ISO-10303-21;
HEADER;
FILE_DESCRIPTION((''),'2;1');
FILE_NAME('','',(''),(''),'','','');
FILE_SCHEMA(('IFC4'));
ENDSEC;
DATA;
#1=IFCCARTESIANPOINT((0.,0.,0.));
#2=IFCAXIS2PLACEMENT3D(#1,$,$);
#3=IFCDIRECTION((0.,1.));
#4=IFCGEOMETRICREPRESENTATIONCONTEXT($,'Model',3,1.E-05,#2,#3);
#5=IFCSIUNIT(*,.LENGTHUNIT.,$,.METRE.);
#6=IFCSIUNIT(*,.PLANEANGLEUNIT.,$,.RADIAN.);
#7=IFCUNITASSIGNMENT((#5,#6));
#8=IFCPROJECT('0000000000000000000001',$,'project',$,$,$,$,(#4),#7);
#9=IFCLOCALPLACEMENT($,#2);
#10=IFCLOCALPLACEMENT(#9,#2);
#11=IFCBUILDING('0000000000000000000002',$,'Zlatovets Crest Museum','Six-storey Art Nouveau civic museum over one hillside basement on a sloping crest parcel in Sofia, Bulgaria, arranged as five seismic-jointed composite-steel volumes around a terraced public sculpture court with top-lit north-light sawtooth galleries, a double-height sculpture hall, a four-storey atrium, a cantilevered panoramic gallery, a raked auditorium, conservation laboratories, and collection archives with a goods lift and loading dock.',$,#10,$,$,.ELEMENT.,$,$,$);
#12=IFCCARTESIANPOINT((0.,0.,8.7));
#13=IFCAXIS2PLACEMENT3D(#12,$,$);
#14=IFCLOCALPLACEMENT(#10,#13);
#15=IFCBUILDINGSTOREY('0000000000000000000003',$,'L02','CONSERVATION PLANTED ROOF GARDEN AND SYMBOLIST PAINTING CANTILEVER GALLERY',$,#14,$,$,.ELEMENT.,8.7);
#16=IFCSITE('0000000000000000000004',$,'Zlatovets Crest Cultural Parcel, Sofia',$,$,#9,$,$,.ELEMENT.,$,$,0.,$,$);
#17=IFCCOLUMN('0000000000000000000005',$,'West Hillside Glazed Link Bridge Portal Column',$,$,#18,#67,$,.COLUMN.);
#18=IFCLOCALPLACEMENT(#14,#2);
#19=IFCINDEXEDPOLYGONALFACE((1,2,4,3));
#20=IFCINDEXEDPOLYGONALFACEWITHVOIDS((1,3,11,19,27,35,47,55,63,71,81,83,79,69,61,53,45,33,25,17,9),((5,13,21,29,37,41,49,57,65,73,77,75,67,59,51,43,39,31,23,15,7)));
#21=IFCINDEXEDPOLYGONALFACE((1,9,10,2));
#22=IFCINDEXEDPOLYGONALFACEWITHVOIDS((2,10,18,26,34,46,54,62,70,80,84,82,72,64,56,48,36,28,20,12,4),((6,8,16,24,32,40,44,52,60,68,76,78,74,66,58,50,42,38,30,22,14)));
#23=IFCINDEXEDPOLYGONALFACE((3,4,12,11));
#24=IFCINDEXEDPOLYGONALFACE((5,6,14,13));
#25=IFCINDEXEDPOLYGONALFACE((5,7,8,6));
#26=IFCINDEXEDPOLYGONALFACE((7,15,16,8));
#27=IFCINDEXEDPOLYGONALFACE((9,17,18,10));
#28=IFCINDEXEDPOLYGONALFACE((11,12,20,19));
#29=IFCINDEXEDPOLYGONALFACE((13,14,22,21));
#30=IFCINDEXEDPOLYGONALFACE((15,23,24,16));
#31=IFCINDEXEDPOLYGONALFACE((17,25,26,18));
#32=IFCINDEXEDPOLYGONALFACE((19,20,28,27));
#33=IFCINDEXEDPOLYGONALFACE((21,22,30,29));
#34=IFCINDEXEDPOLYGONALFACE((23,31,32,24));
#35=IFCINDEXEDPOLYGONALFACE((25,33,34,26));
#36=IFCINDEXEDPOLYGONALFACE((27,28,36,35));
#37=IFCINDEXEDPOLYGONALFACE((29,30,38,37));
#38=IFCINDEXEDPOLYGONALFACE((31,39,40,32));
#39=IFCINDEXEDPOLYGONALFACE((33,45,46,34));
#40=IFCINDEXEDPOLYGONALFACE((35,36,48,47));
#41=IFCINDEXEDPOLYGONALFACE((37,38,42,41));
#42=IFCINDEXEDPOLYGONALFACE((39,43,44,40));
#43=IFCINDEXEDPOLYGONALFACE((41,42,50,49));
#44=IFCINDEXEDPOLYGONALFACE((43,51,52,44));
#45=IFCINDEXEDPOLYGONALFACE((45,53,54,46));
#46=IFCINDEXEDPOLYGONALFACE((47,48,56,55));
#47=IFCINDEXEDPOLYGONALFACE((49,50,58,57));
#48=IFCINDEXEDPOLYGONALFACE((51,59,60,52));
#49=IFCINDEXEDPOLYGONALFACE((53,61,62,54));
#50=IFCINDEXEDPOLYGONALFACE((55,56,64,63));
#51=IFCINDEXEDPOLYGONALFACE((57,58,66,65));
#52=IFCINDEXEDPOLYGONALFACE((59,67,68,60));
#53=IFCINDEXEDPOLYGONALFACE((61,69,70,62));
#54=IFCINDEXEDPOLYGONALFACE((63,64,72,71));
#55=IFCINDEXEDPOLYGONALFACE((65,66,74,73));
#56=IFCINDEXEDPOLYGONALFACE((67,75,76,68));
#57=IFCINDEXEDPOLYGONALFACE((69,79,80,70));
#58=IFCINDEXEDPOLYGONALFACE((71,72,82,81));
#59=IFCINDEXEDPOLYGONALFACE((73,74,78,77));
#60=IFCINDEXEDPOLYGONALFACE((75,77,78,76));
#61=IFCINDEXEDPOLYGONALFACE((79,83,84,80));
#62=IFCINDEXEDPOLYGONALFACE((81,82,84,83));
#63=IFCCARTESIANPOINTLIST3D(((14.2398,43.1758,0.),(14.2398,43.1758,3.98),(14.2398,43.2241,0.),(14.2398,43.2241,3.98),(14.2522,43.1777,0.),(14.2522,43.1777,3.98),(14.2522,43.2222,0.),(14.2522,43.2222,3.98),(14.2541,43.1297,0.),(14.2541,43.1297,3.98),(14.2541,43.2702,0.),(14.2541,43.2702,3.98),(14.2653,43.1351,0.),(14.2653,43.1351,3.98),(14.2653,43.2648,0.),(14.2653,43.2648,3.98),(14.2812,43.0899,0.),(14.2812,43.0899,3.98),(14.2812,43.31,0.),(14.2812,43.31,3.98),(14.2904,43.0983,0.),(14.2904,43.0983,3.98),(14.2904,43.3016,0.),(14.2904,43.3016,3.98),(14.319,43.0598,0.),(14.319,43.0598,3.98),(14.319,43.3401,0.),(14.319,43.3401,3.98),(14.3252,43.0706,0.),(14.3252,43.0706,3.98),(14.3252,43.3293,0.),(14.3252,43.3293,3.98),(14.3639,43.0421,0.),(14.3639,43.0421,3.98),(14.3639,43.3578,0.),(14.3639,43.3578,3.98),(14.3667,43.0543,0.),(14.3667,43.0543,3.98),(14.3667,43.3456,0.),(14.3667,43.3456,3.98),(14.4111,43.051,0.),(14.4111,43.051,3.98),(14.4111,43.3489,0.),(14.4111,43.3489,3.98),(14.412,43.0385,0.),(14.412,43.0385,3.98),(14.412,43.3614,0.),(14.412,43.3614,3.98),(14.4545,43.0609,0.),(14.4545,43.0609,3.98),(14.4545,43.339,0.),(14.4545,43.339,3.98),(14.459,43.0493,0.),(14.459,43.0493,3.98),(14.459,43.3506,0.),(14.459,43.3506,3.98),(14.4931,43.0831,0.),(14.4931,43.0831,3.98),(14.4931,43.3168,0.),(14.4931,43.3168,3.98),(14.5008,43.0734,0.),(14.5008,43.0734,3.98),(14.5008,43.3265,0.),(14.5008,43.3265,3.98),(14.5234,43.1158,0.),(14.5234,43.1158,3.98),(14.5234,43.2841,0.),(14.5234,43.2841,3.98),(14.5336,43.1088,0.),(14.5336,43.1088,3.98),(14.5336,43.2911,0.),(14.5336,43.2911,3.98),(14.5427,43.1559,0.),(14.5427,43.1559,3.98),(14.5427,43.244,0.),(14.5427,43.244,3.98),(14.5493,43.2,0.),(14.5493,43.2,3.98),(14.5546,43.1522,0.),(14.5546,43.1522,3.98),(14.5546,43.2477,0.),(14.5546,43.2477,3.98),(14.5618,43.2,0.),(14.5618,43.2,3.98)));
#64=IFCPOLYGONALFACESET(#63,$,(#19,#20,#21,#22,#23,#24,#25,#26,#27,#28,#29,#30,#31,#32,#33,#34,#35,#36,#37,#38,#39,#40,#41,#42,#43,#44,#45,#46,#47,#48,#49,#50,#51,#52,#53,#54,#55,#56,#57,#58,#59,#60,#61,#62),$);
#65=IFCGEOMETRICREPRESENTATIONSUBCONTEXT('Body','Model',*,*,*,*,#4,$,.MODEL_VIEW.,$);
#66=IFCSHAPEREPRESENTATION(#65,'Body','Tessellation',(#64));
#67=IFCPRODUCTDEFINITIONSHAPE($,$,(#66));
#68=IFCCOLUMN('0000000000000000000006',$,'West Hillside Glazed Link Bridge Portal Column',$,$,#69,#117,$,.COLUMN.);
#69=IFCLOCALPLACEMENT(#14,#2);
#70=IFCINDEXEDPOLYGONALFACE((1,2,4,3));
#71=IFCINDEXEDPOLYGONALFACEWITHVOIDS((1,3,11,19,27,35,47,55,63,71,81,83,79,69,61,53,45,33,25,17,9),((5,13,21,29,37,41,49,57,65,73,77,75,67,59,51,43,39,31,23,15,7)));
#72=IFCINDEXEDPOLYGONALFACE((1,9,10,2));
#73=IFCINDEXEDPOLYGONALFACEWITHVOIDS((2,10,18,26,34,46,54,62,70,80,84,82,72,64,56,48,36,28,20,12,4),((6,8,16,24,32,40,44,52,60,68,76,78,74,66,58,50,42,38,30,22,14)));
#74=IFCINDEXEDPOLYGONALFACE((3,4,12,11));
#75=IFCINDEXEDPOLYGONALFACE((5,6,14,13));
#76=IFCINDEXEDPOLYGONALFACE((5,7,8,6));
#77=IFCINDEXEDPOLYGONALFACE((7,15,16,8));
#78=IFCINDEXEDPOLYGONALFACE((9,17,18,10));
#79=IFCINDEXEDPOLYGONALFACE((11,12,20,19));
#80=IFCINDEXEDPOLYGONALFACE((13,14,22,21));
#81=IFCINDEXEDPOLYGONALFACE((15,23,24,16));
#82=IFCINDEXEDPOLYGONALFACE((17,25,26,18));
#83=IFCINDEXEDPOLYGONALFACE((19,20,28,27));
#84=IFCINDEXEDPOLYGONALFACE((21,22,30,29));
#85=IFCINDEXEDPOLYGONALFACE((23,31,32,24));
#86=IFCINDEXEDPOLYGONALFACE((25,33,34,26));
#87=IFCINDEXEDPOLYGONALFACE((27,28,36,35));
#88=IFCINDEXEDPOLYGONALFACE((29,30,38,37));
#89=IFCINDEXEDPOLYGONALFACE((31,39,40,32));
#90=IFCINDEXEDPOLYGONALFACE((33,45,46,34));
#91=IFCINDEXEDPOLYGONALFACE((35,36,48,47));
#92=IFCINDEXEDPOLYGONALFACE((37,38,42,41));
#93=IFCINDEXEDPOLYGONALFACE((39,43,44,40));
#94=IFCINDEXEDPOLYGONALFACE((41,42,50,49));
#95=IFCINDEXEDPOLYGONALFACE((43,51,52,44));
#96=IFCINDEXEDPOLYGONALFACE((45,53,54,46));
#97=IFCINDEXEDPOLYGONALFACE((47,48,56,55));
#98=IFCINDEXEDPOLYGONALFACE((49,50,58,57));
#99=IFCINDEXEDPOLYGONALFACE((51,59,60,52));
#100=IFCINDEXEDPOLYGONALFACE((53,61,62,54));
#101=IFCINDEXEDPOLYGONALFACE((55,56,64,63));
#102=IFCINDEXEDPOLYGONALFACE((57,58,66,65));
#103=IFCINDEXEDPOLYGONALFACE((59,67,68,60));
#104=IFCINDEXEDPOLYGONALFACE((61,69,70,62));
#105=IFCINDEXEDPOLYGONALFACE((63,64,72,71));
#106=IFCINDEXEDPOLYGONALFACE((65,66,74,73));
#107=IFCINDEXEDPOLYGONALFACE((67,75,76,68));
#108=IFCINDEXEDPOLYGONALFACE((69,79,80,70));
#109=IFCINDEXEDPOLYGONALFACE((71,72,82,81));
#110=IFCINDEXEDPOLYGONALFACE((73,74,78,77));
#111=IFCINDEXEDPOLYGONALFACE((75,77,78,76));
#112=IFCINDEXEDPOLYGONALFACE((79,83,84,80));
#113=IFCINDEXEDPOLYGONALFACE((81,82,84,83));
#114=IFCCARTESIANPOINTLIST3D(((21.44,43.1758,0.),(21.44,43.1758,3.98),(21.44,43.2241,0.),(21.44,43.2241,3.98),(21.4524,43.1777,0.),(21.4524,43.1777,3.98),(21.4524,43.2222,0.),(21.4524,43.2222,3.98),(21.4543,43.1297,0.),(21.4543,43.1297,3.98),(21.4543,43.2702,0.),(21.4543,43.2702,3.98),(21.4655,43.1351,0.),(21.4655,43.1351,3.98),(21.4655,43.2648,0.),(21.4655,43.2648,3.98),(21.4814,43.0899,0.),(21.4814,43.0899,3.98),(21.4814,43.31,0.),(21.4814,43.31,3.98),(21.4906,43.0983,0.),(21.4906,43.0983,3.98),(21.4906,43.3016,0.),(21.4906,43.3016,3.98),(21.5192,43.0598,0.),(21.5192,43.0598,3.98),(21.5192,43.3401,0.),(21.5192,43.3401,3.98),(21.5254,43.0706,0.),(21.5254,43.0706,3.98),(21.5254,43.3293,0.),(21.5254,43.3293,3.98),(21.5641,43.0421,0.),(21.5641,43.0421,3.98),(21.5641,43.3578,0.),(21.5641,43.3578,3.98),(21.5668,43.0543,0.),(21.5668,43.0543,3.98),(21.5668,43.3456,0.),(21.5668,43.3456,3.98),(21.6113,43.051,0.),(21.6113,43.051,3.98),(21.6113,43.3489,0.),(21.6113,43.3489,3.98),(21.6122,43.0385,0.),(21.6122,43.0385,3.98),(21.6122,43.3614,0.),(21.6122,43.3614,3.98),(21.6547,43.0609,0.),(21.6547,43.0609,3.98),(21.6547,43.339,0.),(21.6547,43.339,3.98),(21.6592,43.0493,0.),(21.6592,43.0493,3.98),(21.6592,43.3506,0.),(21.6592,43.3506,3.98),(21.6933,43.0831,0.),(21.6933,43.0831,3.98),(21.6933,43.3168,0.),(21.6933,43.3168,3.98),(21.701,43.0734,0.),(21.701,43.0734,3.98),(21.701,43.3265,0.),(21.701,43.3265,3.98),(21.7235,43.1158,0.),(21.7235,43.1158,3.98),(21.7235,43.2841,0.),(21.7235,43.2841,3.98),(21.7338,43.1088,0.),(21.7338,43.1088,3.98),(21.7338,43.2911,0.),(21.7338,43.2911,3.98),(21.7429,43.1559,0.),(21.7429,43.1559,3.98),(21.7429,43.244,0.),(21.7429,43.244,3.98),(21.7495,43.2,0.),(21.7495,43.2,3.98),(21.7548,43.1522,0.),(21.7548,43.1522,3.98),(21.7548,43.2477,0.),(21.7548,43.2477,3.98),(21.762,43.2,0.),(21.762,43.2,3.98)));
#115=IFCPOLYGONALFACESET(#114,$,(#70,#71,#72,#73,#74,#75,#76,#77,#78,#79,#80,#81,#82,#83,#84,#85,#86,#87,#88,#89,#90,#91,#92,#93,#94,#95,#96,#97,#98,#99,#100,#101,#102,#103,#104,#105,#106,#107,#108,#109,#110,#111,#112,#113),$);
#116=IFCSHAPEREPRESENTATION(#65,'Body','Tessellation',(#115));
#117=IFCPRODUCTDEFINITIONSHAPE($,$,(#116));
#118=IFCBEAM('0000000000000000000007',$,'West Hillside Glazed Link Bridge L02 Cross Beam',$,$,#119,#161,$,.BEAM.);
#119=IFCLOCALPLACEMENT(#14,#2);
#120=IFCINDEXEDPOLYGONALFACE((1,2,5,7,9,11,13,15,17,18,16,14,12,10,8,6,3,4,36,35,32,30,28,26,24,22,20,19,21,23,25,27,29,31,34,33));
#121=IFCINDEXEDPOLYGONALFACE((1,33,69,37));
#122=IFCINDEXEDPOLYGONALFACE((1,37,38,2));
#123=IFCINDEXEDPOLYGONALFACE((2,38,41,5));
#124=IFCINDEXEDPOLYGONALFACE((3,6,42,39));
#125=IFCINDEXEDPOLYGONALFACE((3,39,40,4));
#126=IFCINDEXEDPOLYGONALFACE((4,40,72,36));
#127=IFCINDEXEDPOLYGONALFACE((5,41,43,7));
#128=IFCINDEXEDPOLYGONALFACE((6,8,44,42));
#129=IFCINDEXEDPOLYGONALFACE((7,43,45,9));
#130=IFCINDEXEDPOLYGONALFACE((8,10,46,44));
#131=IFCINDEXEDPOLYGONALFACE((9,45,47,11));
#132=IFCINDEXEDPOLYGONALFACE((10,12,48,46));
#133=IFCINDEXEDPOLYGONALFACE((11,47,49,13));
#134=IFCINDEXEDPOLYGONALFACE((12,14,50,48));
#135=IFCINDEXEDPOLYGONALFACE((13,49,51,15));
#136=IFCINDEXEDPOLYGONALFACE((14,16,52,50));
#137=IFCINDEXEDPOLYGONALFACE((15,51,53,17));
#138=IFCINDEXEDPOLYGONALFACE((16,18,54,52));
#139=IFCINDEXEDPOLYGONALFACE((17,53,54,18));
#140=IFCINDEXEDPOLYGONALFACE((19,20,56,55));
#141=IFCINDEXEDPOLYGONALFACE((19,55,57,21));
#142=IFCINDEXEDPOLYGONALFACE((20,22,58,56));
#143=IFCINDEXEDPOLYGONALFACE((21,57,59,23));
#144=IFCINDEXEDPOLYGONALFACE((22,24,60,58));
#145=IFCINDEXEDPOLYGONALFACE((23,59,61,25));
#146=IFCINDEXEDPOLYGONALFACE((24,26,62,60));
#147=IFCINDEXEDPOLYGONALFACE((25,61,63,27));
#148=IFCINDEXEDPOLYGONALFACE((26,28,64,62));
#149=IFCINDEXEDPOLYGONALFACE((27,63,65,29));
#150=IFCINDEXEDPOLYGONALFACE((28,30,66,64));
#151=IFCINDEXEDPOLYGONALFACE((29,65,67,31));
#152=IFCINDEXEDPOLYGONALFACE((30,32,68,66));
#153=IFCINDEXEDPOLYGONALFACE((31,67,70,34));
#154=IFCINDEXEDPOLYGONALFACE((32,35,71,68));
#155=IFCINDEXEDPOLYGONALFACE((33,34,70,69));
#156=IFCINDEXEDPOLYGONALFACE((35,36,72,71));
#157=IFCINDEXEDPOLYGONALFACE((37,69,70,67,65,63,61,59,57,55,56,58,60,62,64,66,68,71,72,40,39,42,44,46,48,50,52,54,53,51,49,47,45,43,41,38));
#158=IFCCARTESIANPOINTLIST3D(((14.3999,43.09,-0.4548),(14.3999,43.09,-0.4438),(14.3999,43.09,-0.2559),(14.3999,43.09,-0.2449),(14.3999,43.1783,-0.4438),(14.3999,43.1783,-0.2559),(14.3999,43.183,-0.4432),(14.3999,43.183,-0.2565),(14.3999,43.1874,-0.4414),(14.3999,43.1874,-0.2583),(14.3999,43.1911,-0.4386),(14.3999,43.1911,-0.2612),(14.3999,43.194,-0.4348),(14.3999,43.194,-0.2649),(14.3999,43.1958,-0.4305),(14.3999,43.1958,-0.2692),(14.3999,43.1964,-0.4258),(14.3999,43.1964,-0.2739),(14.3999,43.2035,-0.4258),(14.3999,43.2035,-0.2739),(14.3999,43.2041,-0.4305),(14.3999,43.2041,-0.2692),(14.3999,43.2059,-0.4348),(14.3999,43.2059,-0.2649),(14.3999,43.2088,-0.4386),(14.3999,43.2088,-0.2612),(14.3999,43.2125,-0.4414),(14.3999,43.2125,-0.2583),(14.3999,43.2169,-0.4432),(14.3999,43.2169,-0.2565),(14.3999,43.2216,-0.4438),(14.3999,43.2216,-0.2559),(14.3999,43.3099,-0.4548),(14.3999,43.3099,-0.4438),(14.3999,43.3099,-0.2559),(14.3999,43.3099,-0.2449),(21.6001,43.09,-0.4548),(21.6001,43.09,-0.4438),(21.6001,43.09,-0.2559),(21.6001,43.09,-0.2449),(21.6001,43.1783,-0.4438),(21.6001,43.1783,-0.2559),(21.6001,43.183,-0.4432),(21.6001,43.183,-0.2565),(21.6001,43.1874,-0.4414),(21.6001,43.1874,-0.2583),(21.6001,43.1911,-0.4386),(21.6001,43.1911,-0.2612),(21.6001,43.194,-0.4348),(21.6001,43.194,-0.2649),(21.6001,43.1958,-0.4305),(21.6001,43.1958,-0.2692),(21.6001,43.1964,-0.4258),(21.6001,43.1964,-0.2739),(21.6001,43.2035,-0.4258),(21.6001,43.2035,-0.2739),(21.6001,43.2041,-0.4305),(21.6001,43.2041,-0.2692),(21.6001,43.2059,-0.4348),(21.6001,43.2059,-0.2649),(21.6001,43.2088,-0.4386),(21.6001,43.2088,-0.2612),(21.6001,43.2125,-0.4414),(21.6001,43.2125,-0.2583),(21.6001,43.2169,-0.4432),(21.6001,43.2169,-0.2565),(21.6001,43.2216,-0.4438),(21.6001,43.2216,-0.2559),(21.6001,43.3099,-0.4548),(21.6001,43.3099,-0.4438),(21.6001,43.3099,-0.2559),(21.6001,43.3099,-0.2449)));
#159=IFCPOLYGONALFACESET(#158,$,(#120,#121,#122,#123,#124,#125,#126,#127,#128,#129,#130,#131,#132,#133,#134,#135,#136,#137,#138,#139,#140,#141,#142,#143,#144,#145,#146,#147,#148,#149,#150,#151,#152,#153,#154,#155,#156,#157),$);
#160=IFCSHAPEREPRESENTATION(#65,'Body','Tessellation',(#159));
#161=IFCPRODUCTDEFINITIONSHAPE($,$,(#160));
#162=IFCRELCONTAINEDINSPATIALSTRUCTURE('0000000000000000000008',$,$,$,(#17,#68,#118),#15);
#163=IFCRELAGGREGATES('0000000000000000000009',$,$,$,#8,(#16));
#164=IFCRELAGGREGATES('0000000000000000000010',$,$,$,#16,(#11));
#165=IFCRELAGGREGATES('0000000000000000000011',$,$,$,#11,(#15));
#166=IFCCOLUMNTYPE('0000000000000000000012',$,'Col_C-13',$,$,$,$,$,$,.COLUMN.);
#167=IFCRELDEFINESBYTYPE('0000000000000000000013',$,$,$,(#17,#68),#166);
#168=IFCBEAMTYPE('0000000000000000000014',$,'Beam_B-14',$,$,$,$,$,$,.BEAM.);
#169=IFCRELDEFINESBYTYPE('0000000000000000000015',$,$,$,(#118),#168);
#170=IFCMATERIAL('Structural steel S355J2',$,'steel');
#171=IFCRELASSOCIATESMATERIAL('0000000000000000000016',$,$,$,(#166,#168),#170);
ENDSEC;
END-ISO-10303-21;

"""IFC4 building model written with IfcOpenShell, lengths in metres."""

from ifc_helpers import new_model, si_unit, direction, frame, origin, origin_2d, place, context, subcontext, project, spatial, hollow_circle, i_section, extrude, material, material_profile, profile_set, type_object, element, save


model = new_model("IFC4")

# Units and contexts
model_context = context("Model", 3, precision=1e-05, world=origin(), true_north=direction((0.0, 1.0)))
body_context = subcontext(model_context, "Body", "Model", "MODEL_VIEW")
ifc_project = project(units=[si_unit("LENGTHUNIT", "METRE"), si_unit("PLANEANGLEUNIT", "RADIAN")], contexts=[model_context])

# Site, building, storey
site_placement = place(None, origin())
site = spatial("IfcSite", under=ifc_project, at=site_placement, Name="Zlatovets Crest Cultural Parcel, Sofia", CompositionType="ELEMENT", RefElevation=0.0)
building_placement = place(site_placement, origin())
building = spatial("IfcBuilding", under=site, at=building_placement, Name="Zlatovets Crest Museum", Description="Six-storey Art Nouveau civic museum over one hillside basement on a sloping crest parcel in Sofia, Bulgaria, arranged as five seismic-jointed composite-steel volumes around a terraced public sculpture court with top-lit north-light sawtooth galleries, a double-height sculpture hall, a four-storey atrium, a cantilevered panoramic gallery, a raked auditorium, conservation laboratories, and collection archives with a goods lift and loading dock.", CompositionType="ELEMENT")
storey_placement = place(building_placement, frame((0.0, 0.0, 8.7)))
storey = spatial("IfcBuildingStorey", under=building, at=storey_placement, Name="L02", Description="CONSERVATION PLANTED ROOF GARDEN AND SYMBOLIST PAINTING CANTILEVER GALLERY", CompositionType="ELEMENT", Elevation=8.7)

# Columns
ifc_material_1 = material(Name="Structural steel S355J2", Category="steel")
ifc_material_profile_1 = material_profile(ifc_material_1, hollow_circle(Radius=0.1619, WallThickness=0.0125, at=origin_2d()), Name="CHS 323.9x12.5")
ifc_profile_set_1 = profile_set([ifc_material_profile_1], Name="Structural steel S355J2")
column_type = type_object("IfcColumnType", Name="Col_C-13", PredefinedType="COLUMN", material=ifc_profile_set_1)
for number, where, z_axis, x_axis, name in (
    (1, (14.3999, 43.2, 0.0), (0.0, 0.0, 1.0), (1.0, 0.0, 0.0), "West Hillside Glazed Link Bridge Portal Column"),
    (2, (21.6001, 43.2, 0.0), (0.0, 0.0, 1.0), (1.0, 0.0, 0.0), "West Hillside Glazed Link Bridge Portal Column"),
):
    element("IfcColumn", number, at=place(storey_placement, frame(where, z_axis=z_axis, x_axis=x_axis)), inside=storey, type_object=column_type, Name=name, PredefinedType="COLUMN", context=body_context, shape_type="SweptSolid", body=[
        extrude(hollow_circle(Radius=0.1619, WallThickness=0.0125, at=origin_2d()), origin(), (0.0, 0.0, 1.0), 3.98),
    ])

# Beam
ifc_material_profile_2 = material_profile(ifc_material_1, i_section(OverallWidth=0.22, OverallDepth=0.21, WebThickness=0.0071, FlangeThickness=0.011, FilletRadius=0.0181, at=origin_2d()), Name="HEA 220")
ifc_profile_set_2 = profile_set([ifc_material_profile_2], Name="Structural steel S355J2")
beam_type_1 = type_object("IfcBeamType", Name="Beam_B-14", PredefinedType="BEAM", material=ifc_profile_set_2)
beam_placement = place(storey_placement, frame((14.3999, 43.2, -0.3499), z_axis=(1.0, 0.0, 0.0), x_axis=(0.0, 1.0, 0.0)))
element("IfcBeam", 3, at=beam_placement, inside=storey, type_object=beam_type_1, Name="West Hillside Glazed Link Bridge L02 Cross Beam", PredefinedType="BEAM", context=body_context, shape_type="SweptSolid", body=[
    extrude(i_section(OverallWidth=0.22, OverallDepth=0.21, WebThickness=0.0071, FlangeThickness=0.011, FilletRadius=0.0181, at=origin_2d()), origin(), (0.0, 0.0, 1.0), 7.2002),
])

save(model, "model.ifc")
